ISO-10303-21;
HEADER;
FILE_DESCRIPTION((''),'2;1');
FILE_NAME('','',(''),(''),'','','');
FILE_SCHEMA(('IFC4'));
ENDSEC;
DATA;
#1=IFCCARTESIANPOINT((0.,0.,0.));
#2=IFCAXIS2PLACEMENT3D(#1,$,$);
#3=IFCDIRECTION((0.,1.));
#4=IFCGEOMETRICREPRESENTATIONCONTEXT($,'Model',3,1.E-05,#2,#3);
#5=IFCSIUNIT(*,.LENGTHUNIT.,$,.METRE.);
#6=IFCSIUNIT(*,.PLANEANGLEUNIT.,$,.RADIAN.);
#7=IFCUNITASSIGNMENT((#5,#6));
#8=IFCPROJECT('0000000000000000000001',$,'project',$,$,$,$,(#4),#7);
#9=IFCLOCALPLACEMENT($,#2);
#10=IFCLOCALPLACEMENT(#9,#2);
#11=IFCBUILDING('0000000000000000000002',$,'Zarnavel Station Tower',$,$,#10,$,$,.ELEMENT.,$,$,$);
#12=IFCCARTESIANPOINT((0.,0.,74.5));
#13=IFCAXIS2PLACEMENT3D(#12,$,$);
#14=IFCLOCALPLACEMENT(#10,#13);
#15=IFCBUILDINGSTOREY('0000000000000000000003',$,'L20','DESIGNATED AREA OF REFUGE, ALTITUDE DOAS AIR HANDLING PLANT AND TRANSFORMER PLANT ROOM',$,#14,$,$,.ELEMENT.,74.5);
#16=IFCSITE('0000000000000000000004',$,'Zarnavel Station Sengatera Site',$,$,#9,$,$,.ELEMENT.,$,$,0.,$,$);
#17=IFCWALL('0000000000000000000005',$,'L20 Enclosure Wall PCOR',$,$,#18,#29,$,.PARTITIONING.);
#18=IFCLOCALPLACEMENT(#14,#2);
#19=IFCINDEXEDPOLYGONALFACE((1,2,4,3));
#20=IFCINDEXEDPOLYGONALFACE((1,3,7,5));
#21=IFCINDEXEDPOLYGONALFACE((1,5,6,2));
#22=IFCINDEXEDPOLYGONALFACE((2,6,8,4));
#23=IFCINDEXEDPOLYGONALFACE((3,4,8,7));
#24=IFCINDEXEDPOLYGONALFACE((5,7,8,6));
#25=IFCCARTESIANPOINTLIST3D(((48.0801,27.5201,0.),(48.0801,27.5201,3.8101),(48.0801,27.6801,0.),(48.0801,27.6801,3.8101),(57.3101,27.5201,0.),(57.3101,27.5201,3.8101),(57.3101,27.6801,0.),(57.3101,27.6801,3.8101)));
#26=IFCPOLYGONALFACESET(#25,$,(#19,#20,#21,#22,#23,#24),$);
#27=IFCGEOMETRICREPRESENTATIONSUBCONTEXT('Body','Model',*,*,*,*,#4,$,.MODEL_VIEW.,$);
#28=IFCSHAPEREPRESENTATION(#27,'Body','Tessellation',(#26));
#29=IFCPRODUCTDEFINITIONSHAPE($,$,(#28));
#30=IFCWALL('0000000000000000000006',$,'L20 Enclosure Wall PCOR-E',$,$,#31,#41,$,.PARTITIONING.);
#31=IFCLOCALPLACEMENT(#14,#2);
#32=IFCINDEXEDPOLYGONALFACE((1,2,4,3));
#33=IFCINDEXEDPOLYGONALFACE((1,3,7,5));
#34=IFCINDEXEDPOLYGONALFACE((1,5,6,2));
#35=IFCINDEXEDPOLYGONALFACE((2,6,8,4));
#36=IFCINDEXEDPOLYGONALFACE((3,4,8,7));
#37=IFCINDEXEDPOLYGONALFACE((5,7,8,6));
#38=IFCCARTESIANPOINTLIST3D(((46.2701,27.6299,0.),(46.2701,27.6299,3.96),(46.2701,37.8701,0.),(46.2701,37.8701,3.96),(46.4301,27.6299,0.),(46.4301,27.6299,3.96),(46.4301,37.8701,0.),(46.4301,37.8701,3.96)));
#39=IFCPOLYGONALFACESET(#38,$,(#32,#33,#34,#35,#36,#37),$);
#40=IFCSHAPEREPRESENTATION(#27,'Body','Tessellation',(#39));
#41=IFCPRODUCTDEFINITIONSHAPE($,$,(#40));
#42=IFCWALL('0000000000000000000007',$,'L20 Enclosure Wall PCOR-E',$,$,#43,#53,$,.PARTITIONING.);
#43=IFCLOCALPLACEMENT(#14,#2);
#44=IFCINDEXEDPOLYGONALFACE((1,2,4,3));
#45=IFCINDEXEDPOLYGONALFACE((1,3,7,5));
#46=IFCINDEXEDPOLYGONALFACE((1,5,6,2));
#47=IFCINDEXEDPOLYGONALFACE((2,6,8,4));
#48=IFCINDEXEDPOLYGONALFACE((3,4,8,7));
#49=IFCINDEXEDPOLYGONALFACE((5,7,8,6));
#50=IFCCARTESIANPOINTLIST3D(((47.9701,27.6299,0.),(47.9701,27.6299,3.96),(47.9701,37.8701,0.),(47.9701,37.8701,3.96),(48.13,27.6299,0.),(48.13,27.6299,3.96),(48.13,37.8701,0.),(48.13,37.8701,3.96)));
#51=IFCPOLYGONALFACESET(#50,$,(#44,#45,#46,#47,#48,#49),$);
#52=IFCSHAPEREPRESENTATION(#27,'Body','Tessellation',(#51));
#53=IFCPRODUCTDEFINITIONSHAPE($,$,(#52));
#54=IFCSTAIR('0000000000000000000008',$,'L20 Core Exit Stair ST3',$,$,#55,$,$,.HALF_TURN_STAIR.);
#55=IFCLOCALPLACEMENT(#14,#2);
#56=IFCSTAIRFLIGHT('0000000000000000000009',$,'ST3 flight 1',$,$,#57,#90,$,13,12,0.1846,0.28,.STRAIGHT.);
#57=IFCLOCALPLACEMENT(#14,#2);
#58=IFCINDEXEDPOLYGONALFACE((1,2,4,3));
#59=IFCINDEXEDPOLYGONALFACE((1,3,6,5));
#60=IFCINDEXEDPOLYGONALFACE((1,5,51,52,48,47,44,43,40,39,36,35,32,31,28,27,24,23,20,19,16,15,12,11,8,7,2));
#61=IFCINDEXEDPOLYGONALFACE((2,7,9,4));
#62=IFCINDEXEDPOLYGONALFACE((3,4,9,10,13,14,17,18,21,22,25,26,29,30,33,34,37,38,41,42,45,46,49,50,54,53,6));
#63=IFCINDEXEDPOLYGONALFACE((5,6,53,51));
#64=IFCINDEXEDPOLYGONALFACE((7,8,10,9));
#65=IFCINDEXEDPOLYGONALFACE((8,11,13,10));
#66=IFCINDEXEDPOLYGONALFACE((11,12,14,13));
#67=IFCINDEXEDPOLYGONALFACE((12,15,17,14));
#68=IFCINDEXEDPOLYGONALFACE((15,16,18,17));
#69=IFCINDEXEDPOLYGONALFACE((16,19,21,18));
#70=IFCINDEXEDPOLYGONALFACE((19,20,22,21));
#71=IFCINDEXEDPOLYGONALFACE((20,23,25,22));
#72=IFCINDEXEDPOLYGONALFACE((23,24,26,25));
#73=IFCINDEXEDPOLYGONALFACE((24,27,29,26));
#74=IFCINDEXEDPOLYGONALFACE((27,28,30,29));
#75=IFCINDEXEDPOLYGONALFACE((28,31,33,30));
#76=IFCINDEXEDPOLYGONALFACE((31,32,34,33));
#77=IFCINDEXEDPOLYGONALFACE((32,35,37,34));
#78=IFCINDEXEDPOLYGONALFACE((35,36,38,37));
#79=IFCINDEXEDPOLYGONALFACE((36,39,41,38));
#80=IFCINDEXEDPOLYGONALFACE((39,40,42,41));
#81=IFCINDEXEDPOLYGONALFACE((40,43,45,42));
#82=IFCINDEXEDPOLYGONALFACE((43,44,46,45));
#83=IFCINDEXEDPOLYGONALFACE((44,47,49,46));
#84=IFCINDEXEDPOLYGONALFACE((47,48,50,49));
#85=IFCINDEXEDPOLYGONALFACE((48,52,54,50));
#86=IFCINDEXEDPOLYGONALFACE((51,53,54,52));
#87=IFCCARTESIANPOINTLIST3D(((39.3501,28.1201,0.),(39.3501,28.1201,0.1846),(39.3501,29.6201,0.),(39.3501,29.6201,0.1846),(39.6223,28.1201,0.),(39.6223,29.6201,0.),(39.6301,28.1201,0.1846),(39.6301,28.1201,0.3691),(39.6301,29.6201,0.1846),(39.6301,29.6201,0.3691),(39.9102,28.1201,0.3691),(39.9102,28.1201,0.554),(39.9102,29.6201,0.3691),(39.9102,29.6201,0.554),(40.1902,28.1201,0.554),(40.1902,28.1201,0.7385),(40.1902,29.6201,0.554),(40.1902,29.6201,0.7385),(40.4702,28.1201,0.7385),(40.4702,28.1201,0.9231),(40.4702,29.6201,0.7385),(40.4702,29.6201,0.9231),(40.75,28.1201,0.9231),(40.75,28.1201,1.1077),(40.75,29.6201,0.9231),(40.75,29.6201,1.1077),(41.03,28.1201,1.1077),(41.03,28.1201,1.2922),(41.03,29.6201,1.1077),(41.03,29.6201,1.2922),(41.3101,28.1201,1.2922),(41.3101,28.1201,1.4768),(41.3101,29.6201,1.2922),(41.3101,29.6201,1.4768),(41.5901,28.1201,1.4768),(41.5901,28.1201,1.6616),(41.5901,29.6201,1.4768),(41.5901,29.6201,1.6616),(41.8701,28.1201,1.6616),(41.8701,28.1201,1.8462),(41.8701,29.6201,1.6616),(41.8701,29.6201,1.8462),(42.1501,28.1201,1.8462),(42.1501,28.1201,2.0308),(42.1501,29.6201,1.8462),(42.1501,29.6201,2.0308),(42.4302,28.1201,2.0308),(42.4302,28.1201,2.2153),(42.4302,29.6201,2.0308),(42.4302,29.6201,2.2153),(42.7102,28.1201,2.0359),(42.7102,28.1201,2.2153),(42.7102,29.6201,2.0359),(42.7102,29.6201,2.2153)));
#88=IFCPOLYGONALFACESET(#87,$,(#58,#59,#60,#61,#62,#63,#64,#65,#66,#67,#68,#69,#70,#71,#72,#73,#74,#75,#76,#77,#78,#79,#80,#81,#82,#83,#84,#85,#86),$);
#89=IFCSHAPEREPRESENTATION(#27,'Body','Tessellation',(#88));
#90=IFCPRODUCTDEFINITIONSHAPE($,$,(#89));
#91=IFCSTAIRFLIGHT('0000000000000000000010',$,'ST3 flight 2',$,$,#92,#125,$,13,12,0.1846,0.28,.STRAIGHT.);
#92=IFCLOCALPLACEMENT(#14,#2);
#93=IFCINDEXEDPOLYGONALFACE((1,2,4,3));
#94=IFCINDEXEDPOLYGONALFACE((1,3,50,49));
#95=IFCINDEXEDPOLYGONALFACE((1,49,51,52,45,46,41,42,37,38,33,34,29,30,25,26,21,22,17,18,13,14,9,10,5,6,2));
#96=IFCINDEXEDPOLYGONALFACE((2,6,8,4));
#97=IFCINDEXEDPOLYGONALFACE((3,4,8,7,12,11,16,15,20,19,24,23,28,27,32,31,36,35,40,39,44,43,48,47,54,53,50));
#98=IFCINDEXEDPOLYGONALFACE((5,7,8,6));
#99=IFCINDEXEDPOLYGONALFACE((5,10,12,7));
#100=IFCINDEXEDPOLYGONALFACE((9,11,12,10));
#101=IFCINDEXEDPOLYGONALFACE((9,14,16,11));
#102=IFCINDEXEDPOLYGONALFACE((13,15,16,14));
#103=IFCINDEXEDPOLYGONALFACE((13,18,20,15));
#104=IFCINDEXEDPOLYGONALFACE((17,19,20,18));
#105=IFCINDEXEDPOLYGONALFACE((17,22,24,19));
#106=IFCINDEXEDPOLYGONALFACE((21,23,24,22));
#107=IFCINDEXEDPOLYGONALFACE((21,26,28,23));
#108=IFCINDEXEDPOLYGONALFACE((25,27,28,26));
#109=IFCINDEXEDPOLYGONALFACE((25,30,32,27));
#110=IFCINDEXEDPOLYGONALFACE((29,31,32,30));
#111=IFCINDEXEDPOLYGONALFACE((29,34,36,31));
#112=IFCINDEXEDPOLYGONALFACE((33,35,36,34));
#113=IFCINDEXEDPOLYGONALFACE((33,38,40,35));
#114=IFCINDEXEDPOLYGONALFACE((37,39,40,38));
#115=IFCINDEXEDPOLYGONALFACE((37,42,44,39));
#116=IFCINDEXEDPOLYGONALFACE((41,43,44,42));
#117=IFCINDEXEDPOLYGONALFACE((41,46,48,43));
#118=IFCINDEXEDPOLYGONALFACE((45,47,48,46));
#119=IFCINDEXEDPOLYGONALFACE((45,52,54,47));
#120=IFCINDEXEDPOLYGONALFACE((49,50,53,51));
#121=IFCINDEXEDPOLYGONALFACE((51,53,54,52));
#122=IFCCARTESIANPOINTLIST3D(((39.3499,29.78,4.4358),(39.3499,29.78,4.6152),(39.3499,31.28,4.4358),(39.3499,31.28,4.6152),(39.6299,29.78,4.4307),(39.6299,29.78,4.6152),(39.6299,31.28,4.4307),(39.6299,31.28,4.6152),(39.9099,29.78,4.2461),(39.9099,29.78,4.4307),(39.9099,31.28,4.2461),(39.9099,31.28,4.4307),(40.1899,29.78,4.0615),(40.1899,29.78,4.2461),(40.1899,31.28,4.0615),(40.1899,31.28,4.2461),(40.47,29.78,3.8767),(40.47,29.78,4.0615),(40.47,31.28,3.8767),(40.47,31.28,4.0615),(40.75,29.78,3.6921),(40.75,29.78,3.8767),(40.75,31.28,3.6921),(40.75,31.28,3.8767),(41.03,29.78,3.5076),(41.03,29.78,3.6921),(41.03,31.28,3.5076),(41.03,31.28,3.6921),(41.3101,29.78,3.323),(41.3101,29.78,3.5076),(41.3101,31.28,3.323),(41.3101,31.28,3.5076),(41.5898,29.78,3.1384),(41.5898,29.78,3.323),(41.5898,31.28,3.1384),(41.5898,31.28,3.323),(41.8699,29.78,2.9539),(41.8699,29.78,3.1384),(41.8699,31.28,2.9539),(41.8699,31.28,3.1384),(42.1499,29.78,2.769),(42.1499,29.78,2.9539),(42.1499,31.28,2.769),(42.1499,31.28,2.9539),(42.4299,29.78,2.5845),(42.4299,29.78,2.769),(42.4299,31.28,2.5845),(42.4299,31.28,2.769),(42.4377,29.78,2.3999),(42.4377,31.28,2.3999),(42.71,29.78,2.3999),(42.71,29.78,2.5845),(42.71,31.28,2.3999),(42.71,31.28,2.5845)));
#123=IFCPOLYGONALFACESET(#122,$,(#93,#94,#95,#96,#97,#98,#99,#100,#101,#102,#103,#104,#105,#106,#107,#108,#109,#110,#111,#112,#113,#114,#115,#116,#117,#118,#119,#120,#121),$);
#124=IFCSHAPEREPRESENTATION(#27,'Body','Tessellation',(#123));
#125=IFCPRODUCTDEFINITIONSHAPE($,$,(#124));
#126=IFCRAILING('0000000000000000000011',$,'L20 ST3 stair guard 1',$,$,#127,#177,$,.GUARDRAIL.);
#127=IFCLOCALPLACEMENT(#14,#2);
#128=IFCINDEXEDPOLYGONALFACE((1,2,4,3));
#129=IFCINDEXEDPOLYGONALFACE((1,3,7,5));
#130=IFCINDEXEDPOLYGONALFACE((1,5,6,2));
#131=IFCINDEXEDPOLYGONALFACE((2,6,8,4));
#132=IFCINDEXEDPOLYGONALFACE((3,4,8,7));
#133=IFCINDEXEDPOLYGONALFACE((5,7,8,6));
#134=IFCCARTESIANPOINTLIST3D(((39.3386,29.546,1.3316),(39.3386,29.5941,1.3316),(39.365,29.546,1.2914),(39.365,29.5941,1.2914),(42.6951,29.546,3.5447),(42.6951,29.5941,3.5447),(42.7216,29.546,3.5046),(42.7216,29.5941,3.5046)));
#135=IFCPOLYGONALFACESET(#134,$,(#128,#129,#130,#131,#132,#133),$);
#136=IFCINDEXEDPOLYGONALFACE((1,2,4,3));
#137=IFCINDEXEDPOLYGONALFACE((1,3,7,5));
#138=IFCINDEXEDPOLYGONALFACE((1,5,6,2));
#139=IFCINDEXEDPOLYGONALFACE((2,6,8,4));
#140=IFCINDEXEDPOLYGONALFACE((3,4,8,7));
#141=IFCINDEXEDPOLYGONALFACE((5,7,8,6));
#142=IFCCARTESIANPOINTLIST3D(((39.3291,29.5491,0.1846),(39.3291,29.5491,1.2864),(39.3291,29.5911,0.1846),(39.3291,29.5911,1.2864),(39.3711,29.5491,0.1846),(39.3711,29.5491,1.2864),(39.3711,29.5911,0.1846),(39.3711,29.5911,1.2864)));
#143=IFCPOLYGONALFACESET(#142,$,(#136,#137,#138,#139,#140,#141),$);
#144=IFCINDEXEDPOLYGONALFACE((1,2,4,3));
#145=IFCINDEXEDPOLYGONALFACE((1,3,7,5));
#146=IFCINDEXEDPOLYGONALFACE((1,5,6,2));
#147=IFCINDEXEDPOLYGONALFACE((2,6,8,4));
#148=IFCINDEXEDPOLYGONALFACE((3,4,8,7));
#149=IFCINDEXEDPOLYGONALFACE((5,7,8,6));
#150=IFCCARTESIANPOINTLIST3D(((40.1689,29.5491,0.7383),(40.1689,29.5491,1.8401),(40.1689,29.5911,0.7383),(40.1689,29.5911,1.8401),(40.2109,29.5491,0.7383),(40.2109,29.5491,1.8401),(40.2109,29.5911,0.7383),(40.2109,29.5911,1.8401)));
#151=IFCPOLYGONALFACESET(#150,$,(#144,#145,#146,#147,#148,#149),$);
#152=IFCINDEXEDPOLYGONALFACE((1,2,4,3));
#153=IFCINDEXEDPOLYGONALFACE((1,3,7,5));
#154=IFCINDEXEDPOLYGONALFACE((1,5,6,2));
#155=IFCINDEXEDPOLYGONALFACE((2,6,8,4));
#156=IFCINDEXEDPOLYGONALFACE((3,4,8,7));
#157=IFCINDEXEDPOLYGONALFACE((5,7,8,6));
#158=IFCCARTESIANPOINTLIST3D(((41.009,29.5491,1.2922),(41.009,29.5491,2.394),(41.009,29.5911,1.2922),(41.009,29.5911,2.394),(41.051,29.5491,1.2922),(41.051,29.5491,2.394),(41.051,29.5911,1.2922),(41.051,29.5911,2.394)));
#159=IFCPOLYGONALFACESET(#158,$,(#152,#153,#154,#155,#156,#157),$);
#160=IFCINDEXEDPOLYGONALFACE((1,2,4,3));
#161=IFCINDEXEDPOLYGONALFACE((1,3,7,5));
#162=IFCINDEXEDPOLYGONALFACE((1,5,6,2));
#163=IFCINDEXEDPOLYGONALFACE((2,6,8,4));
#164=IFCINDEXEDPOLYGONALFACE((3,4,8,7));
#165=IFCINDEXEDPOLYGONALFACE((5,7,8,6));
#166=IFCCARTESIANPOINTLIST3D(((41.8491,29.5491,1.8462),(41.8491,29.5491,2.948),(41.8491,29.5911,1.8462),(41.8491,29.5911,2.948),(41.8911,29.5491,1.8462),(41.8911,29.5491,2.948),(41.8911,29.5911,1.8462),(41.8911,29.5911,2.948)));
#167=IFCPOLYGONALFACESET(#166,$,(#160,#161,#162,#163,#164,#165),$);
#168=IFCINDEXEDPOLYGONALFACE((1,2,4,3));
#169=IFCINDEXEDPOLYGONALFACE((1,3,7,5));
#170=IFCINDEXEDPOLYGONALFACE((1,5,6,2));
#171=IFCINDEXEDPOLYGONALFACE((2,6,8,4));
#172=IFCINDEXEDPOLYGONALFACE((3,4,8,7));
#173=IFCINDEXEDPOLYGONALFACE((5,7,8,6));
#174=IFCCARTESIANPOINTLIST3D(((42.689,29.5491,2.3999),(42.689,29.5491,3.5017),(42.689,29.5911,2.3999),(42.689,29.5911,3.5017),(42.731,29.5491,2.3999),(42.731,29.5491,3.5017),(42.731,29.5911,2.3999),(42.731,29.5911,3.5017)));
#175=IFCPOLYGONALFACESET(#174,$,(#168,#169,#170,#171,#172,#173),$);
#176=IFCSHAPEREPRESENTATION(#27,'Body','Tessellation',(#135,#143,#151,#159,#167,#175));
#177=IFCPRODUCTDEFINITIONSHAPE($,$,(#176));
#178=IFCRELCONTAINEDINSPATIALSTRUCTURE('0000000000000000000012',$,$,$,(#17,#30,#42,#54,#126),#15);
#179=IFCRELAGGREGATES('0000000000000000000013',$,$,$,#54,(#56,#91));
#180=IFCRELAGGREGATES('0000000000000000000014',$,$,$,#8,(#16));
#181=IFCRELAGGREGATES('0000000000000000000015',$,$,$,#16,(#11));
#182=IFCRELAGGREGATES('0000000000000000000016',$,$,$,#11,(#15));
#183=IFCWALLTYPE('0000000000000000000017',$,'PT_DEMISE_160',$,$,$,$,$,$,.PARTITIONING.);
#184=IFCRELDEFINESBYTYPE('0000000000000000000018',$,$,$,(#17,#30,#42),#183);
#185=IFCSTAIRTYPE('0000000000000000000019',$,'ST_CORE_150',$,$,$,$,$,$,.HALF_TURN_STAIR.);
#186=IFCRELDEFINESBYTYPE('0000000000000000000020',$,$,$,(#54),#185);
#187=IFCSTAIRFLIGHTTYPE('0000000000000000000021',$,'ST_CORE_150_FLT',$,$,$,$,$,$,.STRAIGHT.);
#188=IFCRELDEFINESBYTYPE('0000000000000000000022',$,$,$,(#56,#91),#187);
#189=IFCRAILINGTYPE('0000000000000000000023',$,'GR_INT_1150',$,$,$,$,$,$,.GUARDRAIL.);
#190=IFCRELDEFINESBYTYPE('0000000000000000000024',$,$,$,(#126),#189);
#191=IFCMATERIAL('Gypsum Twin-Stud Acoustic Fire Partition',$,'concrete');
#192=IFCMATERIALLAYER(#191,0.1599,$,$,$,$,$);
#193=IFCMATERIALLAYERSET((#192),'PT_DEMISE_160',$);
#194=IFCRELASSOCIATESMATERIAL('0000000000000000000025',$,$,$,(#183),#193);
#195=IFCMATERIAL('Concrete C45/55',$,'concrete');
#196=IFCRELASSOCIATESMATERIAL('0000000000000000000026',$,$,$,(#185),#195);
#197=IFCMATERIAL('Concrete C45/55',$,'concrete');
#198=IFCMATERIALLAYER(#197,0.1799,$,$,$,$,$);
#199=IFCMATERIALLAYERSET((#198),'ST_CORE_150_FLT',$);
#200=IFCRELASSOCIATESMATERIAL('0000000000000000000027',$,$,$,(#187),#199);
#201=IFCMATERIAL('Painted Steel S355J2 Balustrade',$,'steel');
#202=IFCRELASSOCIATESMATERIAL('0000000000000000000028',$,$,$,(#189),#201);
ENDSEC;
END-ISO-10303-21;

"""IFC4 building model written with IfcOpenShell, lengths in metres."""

from ifc_helpers import new_model, si_unit, direction, frame, frame_2d, origin, origin_2d, place, context, subcontext, project, spatial, polyline, rectangle, outline, extrude, material, layer, layer_set, type_object, element, aggregate, save


model = new_model("IFC4")

# Units and contexts
model_context = context("Model", 3, precision=1e-05, world=origin(), true_north=direction((0.0, 1.0)))
body_context = subcontext(model_context, "Body", "Model", "MODEL_VIEW")
ifc_project = project(units=[si_unit("LENGTHUNIT", "METRE"), si_unit("PLANEANGLEUNIT", "RADIAN")], contexts=[model_context])

# Site, building, storey
site_placement = place(None, origin())
site = spatial("IfcSite", under=ifc_project, at=site_placement, Name="Zarnavel Station Sengatera Site", CompositionType="ELEMENT", RefElevation=0.0)
building_placement = place(site_placement, origin())
building = spatial("IfcBuilding", under=site, at=building_placement, Name="Zarnavel Station Tower", CompositionType="ELEMENT")
storey_placement = place(building_placement, frame((0.0, 0.0, 74.5)))
storey = spatial("IfcBuildingStorey", under=building, at=storey_placement, Name="L20", Description="DESIGNATED AREA OF REFUGE, ALTITUDE DOAS AIR HANDLING PLANT AND TRANSFORMER PLANT ROOM", CompositionType="ELEMENT", Elevation=74.5)

# Shared definitions
ifc_material_1 = material(Name="Gypsum Twin-Stud Acoustic Fire Partition", Category="concrete")
ifc_layer_1 = layer(ifc_material_1, 0.1599)
ifc_layer_set_1 = layer_set([ifc_layer_1], Name="PT_DEMISE_160")
wall_type_1 = type_object("IfcWallType", Name="PT_DEMISE_160", PredefinedType="PARTITIONING", material=ifc_layer_set_1)

# Walls
wall_1_placement = place(storey_placement, frame((48.0801, 27.6001, 0.0), z_axis=(0.0, 0.0, 1.0), x_axis=(1.0, 0.0, 0.0)))
element("IfcWall", 1, at=wall_1_placement, inside=storey, type_object=wall_type_1, Name="L20 Enclosure Wall PCOR", PredefinedType="PARTITIONING", context=body_context, shape_type="SweptSolid", body=[
    extrude(rectangle(XDim=9.23, YDim=0.1599, at=frame_2d((4.615, 0.0))), origin(), (0.0, 0.0, 1.0), 3.8101),
])
for number, where, z_axis, x_axis, name in (
    (2, (46.3501, 27.6299, 0.0), (0.0, 0.0, 1.0), (0.0, 1.0, 0.0), "L20 Enclosure Wall PCOR-E"),
    (3, (48.05, 27.6299, 0.0), (0.0, 0.0, 1.0), (0.0, 1.0, 0.0), "L20 Enclosure Wall PCOR-E"),
):
    element("IfcWall", number, at=place(storey_placement, frame(where, z_axis=z_axis, x_axis=x_axis)), inside=storey, type_object=wall_type_1, Name=name, PredefinedType="PARTITIONING", context=body_context, shape_type="SweptSolid", body=[
        extrude(rectangle(XDim=10.2402, YDim=0.1599, at=frame_2d((5.1201, 0.0))), origin(), (0.0, 0.0, 1.0), 3.96),
    ])

# Stair, stair flights
ifc_material_2 = material(Name="Concrete C45/55", Category="concrete")
stair_type = type_object("IfcStairType", Name="ST_CORE_150", PredefinedType="HALF_TURN_STAIR", material=ifc_material_2)
stair_placement = place(storey_placement, origin())
stair = element("IfcStair", 4, at=stair_placement, inside=storey, type_object=stair_type, Name="L20 Core Exit Stair ST3", PredefinedType="HALF_TURN_STAIR")
ifc_material_3 = material(Name="Concrete C45/55", Category="concrete")
ifc_layer_2 = layer(ifc_material_3, 0.1799)
ifc_layer_set_2 = layer_set([ifc_layer_2], Name="ST_CORE_150_FLT")
stair_flight_type = type_object("IfcStairFlightType", Name="ST_CORE_150_FLT", PredefinedType="STRAIGHT", material=ifc_layer_set_2)
stair_flight_1_placement = place(storey_placement, frame((39.3501, 28.8701, 0.0), z_axis=(0.0, 0.0, 1.0), x_axis=(1.0, 0.0, 0.0)))
stair_flight_1 = element("IfcStairFlight", 5, at=stair_flight_1_placement, type_object=stair_flight_type, Name="ST3 flight 1", NumberOfRisers=13, NumberOfTreads=12, PredefinedType="STRAIGHT", RiserHeight=0.1846, TreadLength=0.28, context=body_context, shape_type="SweptSolid", body=[
    extrude(outline(polyline([(0.0, 0.0), (0.0, 0.1846), (0.28, 0.1846), (0.28, 0.3691), (0.5601, 0.3691), (0.5601, 0.554), (0.8401, 0.554), (0.8401, 0.7385), (1.1201, 0.7385), (1.1201, 0.9231), (1.3999, 0.9231), (1.3999, 1.1077), (1.6799, 1.1077), (1.6799, 1.2922), (1.96, 1.2922), (1.96, 1.4768), (2.24, 1.4768), (2.24, 1.6616), (2.52, 1.6616), (2.52, 1.8462), (2.8, 1.8462), (2.8, 2.0308), (3.0801, 2.0308), (3.0801, 2.2153), (3.3601, 2.2153), (3.3601, 2.3999), (3.3601, 2.0359), (0.2722, 0.0), (0.0, 0.0)])), frame((0.0, 0.75, 0.0), z_axis=(0.0, -1.0, 0.0), x_axis=(1.0, 0.0, 0.0)), (0.0, 0.0, 1.0), 1.5),
])
stair_flight_2_placement = place(storey_placement, frame((42.71, 30.53, 2.3999), z_axis=(0.0, 0.0, 1.0), x_axis=(-1.0, 0.0, 0.0)))
stair_flight_2 = element("IfcStairFlight", 6, at=stair_flight_2_placement, type_object=stair_flight_type, Name="ST3 flight 2", NumberOfRisers=13, NumberOfTreads=12, PredefinedType="STRAIGHT", RiserHeight=0.1846, TreadLength=0.28, context=body_context, shape_type="SweptSolid", body=[
    extrude(outline(polyline([(0.0, 0.0), (0.0, 0.1846), (0.28, 0.1846), (0.28, 0.3691), (0.5601, 0.3691), (0.5601, 0.554), (0.8401, 0.554), (0.8401, 0.7385), (1.1201, 0.7385), (1.1201, 0.9231), (1.3999, 0.9231), (1.3999, 1.1077), (1.6799, 1.1077), (1.6799, 1.2922), (1.96, 1.2922), (1.96, 1.4768), (2.24, 1.4768), (2.24, 1.6616), (2.52, 1.6616), (2.52, 1.8462), (2.8, 1.8462), (2.8, 2.0308), (3.0801, 2.0308), (3.0801, 2.2153), (3.3601, 2.2153), (3.3601, 2.3999), (3.3601, 2.0359), (0.2722, 0.0), (0.0, 0.0)])), frame((0.0, 0.75, 0.0), z_axis=(0.0, -1.0, 0.0), x_axis=(1.0, 0.0, 0.0)), (0.0, 0.0, 1.0), 1.5),
])
aggregate(stair, [stair_flight_1, stair_flight_2])

# Railing
ifc_material_4 = material(Name="Painted Steel S355J2 Balustrade", Category="steel")
railing_type_1 = type_object("IfcRailingType", Name="GR_INT_1150", PredefinedType="GUARDRAIL", material=ifc_material_4)
railing_1_placement = place(storey_placement, frame((39.3501, 29.5701, 0.1846)))
element("IfcRailing", 7, at=railing_1_placement, inside=storey, type_object=railing_type_1, Name="L20 ST3 stair guard 1", PredefinedType="GUARDRAIL", context=body_context, shape_type="SweptSolid", body=[
    extrude(rectangle(XDim=0.0481, YDim=0.0481, at=origin_2d()), frame((0.0017, 0.0, 1.127), z_axis=(0.834858, 0.0, 0.550465), x_axis=(0.0, 1.0, 0.0)), (0.0, 0.0, 1.0), 4.0205),
    extrude(rectangle(XDim=0.042, YDim=0.042, at=origin_2d()), origin(), (0.0, 0.0, 1.0), 1.1018),
    extrude(rectangle(XDim=0.042, YDim=0.042, at=origin_2d()), frame((0.8398, 0.0, 0.5537)), (0.0, 0.0, 1.0), 1.1018),
    extrude(rectangle(XDim=0.042, YDim=0.042, at=origin_2d()), frame((1.6799, 0.0, 1.1077)), (0.0, 0.0, 1.0), 1.1018),
    extrude(rectangle(XDim=0.042, YDim=0.042, at=origin_2d()), frame((2.52, 0.0, 1.6616)), (0.0, 0.0, 1.0), 1.1018),
    extrude(rectangle(XDim=0.042, YDim=0.042, at=origin_2d()), frame((3.3599, 0.0, 2.2153)), (0.0, 0.0, 1.0), 1.1018),
])

save(model, "model.ifc")
